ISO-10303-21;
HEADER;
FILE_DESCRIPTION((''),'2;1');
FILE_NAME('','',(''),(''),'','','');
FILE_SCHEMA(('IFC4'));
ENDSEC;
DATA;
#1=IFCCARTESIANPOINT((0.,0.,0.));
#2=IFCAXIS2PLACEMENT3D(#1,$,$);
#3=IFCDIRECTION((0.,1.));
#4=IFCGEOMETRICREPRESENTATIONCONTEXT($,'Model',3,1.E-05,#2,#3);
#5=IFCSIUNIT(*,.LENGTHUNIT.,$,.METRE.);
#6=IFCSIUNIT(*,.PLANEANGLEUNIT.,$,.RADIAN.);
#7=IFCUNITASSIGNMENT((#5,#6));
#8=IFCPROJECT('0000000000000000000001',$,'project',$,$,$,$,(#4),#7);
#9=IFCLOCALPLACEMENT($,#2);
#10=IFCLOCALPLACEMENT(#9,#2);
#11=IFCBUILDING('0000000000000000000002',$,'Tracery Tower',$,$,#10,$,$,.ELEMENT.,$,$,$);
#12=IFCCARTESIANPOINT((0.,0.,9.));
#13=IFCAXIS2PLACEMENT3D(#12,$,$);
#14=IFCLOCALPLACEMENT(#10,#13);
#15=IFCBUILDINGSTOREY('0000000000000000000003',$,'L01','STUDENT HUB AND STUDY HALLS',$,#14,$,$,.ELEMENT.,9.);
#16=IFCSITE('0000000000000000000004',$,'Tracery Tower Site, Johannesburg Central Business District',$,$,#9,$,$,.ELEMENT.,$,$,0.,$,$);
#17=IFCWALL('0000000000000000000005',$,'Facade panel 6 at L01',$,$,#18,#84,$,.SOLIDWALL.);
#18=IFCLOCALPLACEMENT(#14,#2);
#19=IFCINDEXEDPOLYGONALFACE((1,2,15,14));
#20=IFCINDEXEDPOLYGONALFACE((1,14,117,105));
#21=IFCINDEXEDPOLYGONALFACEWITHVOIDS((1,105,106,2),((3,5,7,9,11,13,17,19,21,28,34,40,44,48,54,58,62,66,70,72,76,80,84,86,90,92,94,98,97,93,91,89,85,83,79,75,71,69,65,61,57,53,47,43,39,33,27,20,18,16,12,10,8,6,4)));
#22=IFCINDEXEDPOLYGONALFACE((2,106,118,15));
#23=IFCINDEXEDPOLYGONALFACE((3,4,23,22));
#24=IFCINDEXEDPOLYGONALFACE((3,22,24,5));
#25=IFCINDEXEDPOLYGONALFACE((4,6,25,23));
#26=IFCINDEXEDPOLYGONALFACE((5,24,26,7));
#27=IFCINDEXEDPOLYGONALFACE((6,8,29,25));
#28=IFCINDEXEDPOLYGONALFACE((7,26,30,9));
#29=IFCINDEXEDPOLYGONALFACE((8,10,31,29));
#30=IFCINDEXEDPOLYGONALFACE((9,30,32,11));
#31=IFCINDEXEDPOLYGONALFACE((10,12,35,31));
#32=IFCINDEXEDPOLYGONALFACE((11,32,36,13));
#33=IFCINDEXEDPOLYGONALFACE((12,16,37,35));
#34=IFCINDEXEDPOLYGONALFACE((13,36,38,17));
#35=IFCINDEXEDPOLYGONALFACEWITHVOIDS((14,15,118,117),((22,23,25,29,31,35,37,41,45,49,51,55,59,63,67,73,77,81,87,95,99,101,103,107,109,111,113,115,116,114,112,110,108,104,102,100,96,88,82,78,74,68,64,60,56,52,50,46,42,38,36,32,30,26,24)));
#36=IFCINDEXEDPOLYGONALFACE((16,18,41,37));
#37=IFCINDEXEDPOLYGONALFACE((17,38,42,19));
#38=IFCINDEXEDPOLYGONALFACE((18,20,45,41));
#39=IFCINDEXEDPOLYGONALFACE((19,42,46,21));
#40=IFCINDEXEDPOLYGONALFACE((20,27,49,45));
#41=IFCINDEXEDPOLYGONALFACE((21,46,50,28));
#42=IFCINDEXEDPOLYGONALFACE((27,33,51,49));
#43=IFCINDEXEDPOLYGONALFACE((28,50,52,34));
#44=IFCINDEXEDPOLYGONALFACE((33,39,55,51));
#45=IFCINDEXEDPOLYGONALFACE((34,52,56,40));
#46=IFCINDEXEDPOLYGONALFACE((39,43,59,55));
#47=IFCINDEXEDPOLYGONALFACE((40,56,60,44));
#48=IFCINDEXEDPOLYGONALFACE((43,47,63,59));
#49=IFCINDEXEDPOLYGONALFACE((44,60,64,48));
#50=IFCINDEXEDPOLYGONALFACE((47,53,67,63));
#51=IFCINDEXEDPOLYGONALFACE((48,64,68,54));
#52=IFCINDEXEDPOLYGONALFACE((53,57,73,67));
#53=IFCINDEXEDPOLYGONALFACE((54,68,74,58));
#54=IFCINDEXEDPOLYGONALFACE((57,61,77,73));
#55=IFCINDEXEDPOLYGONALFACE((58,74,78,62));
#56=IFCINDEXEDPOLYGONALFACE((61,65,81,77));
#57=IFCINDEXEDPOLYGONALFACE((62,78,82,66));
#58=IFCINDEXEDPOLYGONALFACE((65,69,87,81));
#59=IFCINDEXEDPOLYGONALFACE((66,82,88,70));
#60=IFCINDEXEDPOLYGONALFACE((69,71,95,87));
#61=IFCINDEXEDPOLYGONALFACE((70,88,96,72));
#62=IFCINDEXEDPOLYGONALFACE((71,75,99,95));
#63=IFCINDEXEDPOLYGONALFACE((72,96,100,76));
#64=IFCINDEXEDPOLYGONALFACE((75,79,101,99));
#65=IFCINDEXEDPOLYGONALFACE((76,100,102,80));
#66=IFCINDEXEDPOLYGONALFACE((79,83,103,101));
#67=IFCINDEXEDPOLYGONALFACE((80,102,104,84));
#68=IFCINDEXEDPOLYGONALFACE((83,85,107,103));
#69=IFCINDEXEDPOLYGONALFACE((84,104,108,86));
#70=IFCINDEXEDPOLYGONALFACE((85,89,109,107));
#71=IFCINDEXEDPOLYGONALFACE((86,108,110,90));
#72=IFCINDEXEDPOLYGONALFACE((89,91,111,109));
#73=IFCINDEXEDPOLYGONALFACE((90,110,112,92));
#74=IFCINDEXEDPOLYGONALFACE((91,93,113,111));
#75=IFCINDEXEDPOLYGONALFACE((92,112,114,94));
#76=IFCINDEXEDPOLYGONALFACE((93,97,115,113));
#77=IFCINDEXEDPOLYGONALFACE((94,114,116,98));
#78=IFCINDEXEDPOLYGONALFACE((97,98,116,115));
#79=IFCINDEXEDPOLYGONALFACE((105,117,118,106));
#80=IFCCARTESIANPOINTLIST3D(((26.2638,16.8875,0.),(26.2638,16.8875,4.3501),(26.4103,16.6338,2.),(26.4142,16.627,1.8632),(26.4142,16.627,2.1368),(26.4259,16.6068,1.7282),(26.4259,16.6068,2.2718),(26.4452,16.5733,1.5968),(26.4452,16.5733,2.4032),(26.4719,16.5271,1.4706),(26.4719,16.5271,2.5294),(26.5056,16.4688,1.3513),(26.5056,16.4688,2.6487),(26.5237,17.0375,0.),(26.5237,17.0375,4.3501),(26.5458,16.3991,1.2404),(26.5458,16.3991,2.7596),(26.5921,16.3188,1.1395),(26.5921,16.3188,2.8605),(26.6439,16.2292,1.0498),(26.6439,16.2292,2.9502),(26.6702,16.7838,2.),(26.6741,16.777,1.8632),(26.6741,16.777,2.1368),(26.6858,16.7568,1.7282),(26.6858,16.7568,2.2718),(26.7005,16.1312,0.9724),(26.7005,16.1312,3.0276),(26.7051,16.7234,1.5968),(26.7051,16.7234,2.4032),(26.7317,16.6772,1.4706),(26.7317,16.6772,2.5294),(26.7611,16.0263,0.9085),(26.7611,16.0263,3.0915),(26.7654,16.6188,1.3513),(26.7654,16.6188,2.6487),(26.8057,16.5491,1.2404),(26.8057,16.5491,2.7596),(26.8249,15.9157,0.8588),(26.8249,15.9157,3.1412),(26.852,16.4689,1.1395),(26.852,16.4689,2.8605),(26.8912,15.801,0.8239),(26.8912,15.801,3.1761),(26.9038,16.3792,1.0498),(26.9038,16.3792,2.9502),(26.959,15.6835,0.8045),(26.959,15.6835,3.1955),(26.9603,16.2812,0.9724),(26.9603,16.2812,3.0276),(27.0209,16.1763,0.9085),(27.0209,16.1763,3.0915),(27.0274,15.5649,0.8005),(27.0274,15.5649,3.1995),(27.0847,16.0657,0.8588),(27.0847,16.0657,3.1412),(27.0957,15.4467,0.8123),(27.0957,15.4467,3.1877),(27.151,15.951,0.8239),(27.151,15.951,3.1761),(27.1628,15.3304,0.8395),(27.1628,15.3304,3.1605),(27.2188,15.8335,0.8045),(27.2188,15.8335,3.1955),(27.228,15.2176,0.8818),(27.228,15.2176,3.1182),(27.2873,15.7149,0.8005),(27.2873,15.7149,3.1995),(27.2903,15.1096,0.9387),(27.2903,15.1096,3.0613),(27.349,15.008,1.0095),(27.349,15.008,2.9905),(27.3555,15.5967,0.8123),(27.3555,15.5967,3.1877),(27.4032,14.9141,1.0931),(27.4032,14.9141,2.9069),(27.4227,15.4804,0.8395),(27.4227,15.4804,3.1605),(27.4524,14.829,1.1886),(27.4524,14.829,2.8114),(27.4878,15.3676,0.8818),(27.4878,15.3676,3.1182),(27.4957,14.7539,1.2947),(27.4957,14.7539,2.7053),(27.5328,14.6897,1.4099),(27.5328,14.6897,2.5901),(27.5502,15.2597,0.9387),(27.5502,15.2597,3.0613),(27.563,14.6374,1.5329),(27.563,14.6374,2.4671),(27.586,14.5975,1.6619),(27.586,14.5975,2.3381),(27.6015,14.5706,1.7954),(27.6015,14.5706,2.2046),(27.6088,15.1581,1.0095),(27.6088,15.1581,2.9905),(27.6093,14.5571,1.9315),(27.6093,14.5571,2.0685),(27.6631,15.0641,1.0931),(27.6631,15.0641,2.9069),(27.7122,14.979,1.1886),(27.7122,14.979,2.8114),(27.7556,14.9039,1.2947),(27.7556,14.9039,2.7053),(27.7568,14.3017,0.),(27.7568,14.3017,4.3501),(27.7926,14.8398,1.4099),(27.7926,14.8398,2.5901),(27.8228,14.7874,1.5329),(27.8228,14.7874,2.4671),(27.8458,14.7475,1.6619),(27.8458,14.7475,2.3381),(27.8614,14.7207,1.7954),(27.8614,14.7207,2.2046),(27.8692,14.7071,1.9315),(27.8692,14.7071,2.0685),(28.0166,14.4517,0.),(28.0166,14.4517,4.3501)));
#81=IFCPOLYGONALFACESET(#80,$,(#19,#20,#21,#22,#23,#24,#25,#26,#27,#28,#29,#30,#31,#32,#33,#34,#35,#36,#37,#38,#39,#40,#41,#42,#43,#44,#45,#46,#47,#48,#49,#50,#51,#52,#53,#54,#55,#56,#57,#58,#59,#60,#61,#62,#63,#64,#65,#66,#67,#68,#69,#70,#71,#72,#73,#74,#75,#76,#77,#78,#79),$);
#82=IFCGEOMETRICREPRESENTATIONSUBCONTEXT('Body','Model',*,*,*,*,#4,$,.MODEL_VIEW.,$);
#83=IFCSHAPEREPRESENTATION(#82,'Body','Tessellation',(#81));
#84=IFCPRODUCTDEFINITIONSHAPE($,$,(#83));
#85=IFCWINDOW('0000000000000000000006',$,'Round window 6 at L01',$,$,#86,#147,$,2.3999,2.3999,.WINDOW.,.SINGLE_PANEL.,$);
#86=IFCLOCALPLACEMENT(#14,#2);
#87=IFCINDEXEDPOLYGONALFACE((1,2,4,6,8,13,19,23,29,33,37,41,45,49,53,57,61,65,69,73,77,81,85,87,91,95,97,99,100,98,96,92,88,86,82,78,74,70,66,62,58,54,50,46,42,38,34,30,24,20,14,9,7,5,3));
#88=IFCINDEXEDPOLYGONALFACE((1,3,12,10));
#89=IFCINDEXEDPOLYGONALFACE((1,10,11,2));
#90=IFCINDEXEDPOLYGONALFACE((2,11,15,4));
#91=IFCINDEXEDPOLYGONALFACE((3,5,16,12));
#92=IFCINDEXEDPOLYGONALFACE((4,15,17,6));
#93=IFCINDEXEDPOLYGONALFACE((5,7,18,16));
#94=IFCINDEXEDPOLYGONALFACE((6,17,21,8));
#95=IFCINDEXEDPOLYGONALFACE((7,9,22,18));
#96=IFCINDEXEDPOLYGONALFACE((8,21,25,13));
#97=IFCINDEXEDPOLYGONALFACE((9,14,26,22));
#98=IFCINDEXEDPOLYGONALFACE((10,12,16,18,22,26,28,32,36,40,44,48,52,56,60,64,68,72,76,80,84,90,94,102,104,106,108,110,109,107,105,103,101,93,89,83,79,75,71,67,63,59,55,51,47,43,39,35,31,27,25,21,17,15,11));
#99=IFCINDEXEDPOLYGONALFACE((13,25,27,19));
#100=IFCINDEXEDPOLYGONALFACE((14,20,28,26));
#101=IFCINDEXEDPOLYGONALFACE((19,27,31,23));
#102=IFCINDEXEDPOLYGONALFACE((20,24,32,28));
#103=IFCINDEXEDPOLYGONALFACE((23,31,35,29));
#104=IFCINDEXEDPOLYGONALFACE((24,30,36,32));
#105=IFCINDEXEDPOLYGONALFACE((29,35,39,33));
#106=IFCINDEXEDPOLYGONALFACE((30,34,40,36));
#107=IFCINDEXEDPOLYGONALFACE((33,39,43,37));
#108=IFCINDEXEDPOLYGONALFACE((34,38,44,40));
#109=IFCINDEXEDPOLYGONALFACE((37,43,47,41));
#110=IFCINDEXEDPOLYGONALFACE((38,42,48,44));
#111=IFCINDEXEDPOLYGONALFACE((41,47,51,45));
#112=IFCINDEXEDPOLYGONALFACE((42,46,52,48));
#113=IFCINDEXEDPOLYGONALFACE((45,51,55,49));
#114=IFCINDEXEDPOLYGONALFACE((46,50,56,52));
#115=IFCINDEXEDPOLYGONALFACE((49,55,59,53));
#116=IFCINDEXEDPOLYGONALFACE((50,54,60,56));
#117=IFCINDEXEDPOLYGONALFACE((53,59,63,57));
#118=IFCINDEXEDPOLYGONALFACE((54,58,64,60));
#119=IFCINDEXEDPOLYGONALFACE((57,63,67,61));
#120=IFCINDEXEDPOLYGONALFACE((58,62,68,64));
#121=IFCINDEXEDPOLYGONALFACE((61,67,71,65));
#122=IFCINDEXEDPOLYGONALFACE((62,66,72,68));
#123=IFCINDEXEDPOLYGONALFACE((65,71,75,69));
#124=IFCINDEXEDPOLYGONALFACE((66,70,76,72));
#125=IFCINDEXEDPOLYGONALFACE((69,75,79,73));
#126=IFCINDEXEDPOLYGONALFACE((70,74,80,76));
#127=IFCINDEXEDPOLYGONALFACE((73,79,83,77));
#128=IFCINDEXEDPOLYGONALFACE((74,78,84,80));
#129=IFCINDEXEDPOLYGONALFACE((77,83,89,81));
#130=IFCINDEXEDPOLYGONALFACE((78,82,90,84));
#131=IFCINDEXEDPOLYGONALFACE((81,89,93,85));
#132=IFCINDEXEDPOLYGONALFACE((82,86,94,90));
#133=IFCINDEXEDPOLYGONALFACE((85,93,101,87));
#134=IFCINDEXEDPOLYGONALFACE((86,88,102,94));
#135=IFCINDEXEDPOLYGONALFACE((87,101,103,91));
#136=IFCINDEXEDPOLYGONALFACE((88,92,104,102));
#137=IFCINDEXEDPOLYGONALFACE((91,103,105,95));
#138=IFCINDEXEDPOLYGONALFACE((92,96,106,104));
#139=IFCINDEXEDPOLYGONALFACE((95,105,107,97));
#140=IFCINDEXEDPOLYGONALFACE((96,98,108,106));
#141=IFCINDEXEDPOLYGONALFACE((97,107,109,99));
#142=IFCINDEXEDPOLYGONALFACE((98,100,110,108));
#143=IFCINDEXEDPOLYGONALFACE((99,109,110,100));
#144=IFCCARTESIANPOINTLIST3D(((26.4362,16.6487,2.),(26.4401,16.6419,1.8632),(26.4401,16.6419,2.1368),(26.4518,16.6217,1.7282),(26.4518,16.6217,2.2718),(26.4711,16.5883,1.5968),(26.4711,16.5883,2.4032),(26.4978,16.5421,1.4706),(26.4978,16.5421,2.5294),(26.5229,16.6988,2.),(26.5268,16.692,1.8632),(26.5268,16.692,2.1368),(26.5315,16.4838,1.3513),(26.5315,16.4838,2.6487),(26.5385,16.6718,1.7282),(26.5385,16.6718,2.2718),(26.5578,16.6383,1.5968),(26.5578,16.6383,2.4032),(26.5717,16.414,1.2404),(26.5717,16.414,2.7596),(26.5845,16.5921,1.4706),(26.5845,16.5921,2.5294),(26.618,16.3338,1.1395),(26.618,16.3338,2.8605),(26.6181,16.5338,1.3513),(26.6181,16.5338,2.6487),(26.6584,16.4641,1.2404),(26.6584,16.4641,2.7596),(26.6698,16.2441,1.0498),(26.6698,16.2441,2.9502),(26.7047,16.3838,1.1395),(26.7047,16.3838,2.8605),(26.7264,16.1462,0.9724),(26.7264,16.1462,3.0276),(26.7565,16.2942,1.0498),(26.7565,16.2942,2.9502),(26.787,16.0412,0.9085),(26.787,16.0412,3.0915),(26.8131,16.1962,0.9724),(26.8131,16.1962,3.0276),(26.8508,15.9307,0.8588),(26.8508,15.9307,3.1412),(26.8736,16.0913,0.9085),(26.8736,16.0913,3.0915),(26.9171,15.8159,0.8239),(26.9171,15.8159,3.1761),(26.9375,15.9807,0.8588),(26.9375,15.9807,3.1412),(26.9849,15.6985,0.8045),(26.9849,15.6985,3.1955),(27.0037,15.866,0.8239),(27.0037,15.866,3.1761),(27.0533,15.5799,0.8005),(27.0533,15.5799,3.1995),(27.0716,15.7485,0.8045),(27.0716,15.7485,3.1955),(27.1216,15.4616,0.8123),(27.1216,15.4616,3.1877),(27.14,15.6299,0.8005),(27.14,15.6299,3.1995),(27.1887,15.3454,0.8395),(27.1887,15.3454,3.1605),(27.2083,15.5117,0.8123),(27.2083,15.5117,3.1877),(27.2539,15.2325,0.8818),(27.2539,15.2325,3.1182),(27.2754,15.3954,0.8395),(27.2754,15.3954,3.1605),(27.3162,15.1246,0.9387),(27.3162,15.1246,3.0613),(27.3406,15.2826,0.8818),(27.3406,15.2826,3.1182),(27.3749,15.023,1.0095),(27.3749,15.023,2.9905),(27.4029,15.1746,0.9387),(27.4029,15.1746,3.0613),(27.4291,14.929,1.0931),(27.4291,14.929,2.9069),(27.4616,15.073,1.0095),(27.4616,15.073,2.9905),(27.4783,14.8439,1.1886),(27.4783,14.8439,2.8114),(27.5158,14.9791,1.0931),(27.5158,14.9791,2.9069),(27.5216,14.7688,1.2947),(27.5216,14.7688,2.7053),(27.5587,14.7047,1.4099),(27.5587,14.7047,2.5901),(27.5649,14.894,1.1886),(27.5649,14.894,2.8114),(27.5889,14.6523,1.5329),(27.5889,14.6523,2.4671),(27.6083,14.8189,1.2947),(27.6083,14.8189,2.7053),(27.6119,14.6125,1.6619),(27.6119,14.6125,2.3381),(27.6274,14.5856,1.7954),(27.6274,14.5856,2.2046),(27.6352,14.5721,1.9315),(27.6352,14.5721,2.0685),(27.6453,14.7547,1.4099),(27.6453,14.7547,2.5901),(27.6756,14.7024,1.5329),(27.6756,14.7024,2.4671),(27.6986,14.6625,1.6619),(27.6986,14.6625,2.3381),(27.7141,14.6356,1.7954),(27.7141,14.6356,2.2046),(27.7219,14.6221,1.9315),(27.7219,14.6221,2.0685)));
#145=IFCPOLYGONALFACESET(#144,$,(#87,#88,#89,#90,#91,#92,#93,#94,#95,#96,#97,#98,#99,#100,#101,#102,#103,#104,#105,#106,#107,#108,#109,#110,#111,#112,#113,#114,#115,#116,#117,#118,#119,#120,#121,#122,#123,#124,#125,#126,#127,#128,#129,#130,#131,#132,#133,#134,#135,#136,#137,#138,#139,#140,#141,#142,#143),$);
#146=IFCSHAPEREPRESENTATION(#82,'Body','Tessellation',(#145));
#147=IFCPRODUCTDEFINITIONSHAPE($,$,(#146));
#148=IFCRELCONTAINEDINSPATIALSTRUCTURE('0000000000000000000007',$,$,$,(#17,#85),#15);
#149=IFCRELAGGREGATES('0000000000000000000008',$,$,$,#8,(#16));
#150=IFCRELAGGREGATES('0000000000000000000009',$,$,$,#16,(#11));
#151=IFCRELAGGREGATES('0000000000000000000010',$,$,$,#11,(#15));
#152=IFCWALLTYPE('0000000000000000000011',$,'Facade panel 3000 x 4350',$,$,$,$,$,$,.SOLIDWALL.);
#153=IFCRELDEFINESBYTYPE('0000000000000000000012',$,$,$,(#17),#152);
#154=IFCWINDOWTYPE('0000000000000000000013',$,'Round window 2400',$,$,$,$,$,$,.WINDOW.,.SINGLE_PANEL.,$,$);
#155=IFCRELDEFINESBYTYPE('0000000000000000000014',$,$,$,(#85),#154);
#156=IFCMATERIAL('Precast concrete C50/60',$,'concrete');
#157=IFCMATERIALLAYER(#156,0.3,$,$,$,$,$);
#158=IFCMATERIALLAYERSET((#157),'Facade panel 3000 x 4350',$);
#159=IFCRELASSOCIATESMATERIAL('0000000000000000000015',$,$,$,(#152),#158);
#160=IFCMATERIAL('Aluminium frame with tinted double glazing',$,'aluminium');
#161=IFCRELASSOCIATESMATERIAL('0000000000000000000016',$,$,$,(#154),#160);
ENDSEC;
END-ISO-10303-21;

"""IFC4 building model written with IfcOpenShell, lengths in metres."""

from ifc_helpers import new_model, si_unit, direction, frame, frame_2d, origin, origin_2d, place, context, subcontext, project, spatial, rectangle, circle, extrude, material, layer, layer_set, type_object, element, fill, save


model = new_model("IFC4")

# Units and contexts
model_context = context("Model", 3, precision=1e-05, world=origin(), true_north=direction((0.0, 1.0)))
body_context = subcontext(model_context, "Body", "Model", "MODEL_VIEW")
ifc_project = project(units=[si_unit("LENGTHUNIT", "METRE"), si_unit("PLANEANGLEUNIT", "RADIAN")], contexts=[model_context])

# Site, building, storey
site_placement = place(None, origin())
site = spatial("IfcSite", under=ifc_project, at=site_placement, Name="Tracery Tower Site, Johannesburg Central Business District", CompositionType="ELEMENT", RefElevation=0.0)
building_placement = place(site_placement, origin())
building = spatial("IfcBuilding", under=site, at=building_placement, Name="Tracery Tower", CompositionType="ELEMENT")
storey_placement = place(building_placement, frame((0.0, 0.0, 9.0)))
storey = spatial("IfcBuildingStorey", under=building, at=storey_placement, Name="L01", Description="STUDENT HUB AND STUDY HALLS", CompositionType="ELEMENT", Elevation=9.0)

# Wall, opening, window
ifc_material_1 = material(Name="Precast concrete C50/60", Category="concrete")
ifc_layer_1 = layer(ifc_material_1, 0.3)
ifc_layer_set_1 = layer_set([ifc_layer_1], Name="Facade panel 3000 x 4350")
wall_type_1 = type_object("IfcWallType", Name="Facade panel 3000 x 4350", PredefinedType="SOLIDWALL", material=ifc_layer_set_1)
ifc_material_2 = material(Name="Aluminium frame with tinted double glazing", Category="aluminium")
window_type = type_object("IfcWindowType", Name="Round window 2400", PartitioningType="SINGLE_PANEL", PredefinedType="WINDOW", material=ifc_material_2)
wall_1_placement = place(storey_placement, frame((27.8867, 14.3767, 0.0), z_axis=(0.0, 0.0, 1.0), x_axis=(-0.500017, 0.866015, 0.0)))
wall_1 = element("IfcWall", 1, at=wall_1_placement, inside=storey, type_object=wall_type_1, Name="Facade panel 6 at L01", PredefinedType="SOLIDWALL", context=body_context, shape_type="SweptSolid", body=[
    extrude(rectangle(XDim=2.9858, YDim=0.3, at=frame_2d((1.4929, 0.0))), origin(), (0.0, 0.0, 1.0), 4.3501),
])
opening_1_placement = place(wall_1_placement, frame((1.4929, 0.0, 2.0)))
opening_1 = element("IfcOpeningElement", 2, at=opening_1_placement, cuts=wall_1, PredefinedType="OPENING", context=body_context, shape_type="SweptSolid", body=[
    extrude(circle(Radius=1.2, at=origin_2d()), frame((0.0, 0.1599, 0.0), z_axis=(0.0, -1.0, 0.0), x_axis=(1.0, 0.0, 0.0)), (0.0, 0.0, 1.0), 0.3201),
])
window_1_placement = place(opening_1_placement, origin())
window_1 = element("IfcWindow", 3, at=window_1_placement, inside=storey, type_object=window_type, Name="Round window 6 at L01", OverallHeight=2.3999, OverallWidth=2.3999, PartitioningType="SINGLE_PANEL", PredefinedType="WINDOW", context=body_context, shape_type="SweptSolid", body=[
    extrude(circle(Radius=1.2, at=origin_2d()), frame((0.0, 0.1201, 0.0), z_axis=(0.0, -1.0, 0.0), x_axis=(1.0, 0.0, 0.0)), (0.0, 0.0, 1.0), 0.1001),
])
fill(opening_1, window_1)

save(model, "model.ifc")
